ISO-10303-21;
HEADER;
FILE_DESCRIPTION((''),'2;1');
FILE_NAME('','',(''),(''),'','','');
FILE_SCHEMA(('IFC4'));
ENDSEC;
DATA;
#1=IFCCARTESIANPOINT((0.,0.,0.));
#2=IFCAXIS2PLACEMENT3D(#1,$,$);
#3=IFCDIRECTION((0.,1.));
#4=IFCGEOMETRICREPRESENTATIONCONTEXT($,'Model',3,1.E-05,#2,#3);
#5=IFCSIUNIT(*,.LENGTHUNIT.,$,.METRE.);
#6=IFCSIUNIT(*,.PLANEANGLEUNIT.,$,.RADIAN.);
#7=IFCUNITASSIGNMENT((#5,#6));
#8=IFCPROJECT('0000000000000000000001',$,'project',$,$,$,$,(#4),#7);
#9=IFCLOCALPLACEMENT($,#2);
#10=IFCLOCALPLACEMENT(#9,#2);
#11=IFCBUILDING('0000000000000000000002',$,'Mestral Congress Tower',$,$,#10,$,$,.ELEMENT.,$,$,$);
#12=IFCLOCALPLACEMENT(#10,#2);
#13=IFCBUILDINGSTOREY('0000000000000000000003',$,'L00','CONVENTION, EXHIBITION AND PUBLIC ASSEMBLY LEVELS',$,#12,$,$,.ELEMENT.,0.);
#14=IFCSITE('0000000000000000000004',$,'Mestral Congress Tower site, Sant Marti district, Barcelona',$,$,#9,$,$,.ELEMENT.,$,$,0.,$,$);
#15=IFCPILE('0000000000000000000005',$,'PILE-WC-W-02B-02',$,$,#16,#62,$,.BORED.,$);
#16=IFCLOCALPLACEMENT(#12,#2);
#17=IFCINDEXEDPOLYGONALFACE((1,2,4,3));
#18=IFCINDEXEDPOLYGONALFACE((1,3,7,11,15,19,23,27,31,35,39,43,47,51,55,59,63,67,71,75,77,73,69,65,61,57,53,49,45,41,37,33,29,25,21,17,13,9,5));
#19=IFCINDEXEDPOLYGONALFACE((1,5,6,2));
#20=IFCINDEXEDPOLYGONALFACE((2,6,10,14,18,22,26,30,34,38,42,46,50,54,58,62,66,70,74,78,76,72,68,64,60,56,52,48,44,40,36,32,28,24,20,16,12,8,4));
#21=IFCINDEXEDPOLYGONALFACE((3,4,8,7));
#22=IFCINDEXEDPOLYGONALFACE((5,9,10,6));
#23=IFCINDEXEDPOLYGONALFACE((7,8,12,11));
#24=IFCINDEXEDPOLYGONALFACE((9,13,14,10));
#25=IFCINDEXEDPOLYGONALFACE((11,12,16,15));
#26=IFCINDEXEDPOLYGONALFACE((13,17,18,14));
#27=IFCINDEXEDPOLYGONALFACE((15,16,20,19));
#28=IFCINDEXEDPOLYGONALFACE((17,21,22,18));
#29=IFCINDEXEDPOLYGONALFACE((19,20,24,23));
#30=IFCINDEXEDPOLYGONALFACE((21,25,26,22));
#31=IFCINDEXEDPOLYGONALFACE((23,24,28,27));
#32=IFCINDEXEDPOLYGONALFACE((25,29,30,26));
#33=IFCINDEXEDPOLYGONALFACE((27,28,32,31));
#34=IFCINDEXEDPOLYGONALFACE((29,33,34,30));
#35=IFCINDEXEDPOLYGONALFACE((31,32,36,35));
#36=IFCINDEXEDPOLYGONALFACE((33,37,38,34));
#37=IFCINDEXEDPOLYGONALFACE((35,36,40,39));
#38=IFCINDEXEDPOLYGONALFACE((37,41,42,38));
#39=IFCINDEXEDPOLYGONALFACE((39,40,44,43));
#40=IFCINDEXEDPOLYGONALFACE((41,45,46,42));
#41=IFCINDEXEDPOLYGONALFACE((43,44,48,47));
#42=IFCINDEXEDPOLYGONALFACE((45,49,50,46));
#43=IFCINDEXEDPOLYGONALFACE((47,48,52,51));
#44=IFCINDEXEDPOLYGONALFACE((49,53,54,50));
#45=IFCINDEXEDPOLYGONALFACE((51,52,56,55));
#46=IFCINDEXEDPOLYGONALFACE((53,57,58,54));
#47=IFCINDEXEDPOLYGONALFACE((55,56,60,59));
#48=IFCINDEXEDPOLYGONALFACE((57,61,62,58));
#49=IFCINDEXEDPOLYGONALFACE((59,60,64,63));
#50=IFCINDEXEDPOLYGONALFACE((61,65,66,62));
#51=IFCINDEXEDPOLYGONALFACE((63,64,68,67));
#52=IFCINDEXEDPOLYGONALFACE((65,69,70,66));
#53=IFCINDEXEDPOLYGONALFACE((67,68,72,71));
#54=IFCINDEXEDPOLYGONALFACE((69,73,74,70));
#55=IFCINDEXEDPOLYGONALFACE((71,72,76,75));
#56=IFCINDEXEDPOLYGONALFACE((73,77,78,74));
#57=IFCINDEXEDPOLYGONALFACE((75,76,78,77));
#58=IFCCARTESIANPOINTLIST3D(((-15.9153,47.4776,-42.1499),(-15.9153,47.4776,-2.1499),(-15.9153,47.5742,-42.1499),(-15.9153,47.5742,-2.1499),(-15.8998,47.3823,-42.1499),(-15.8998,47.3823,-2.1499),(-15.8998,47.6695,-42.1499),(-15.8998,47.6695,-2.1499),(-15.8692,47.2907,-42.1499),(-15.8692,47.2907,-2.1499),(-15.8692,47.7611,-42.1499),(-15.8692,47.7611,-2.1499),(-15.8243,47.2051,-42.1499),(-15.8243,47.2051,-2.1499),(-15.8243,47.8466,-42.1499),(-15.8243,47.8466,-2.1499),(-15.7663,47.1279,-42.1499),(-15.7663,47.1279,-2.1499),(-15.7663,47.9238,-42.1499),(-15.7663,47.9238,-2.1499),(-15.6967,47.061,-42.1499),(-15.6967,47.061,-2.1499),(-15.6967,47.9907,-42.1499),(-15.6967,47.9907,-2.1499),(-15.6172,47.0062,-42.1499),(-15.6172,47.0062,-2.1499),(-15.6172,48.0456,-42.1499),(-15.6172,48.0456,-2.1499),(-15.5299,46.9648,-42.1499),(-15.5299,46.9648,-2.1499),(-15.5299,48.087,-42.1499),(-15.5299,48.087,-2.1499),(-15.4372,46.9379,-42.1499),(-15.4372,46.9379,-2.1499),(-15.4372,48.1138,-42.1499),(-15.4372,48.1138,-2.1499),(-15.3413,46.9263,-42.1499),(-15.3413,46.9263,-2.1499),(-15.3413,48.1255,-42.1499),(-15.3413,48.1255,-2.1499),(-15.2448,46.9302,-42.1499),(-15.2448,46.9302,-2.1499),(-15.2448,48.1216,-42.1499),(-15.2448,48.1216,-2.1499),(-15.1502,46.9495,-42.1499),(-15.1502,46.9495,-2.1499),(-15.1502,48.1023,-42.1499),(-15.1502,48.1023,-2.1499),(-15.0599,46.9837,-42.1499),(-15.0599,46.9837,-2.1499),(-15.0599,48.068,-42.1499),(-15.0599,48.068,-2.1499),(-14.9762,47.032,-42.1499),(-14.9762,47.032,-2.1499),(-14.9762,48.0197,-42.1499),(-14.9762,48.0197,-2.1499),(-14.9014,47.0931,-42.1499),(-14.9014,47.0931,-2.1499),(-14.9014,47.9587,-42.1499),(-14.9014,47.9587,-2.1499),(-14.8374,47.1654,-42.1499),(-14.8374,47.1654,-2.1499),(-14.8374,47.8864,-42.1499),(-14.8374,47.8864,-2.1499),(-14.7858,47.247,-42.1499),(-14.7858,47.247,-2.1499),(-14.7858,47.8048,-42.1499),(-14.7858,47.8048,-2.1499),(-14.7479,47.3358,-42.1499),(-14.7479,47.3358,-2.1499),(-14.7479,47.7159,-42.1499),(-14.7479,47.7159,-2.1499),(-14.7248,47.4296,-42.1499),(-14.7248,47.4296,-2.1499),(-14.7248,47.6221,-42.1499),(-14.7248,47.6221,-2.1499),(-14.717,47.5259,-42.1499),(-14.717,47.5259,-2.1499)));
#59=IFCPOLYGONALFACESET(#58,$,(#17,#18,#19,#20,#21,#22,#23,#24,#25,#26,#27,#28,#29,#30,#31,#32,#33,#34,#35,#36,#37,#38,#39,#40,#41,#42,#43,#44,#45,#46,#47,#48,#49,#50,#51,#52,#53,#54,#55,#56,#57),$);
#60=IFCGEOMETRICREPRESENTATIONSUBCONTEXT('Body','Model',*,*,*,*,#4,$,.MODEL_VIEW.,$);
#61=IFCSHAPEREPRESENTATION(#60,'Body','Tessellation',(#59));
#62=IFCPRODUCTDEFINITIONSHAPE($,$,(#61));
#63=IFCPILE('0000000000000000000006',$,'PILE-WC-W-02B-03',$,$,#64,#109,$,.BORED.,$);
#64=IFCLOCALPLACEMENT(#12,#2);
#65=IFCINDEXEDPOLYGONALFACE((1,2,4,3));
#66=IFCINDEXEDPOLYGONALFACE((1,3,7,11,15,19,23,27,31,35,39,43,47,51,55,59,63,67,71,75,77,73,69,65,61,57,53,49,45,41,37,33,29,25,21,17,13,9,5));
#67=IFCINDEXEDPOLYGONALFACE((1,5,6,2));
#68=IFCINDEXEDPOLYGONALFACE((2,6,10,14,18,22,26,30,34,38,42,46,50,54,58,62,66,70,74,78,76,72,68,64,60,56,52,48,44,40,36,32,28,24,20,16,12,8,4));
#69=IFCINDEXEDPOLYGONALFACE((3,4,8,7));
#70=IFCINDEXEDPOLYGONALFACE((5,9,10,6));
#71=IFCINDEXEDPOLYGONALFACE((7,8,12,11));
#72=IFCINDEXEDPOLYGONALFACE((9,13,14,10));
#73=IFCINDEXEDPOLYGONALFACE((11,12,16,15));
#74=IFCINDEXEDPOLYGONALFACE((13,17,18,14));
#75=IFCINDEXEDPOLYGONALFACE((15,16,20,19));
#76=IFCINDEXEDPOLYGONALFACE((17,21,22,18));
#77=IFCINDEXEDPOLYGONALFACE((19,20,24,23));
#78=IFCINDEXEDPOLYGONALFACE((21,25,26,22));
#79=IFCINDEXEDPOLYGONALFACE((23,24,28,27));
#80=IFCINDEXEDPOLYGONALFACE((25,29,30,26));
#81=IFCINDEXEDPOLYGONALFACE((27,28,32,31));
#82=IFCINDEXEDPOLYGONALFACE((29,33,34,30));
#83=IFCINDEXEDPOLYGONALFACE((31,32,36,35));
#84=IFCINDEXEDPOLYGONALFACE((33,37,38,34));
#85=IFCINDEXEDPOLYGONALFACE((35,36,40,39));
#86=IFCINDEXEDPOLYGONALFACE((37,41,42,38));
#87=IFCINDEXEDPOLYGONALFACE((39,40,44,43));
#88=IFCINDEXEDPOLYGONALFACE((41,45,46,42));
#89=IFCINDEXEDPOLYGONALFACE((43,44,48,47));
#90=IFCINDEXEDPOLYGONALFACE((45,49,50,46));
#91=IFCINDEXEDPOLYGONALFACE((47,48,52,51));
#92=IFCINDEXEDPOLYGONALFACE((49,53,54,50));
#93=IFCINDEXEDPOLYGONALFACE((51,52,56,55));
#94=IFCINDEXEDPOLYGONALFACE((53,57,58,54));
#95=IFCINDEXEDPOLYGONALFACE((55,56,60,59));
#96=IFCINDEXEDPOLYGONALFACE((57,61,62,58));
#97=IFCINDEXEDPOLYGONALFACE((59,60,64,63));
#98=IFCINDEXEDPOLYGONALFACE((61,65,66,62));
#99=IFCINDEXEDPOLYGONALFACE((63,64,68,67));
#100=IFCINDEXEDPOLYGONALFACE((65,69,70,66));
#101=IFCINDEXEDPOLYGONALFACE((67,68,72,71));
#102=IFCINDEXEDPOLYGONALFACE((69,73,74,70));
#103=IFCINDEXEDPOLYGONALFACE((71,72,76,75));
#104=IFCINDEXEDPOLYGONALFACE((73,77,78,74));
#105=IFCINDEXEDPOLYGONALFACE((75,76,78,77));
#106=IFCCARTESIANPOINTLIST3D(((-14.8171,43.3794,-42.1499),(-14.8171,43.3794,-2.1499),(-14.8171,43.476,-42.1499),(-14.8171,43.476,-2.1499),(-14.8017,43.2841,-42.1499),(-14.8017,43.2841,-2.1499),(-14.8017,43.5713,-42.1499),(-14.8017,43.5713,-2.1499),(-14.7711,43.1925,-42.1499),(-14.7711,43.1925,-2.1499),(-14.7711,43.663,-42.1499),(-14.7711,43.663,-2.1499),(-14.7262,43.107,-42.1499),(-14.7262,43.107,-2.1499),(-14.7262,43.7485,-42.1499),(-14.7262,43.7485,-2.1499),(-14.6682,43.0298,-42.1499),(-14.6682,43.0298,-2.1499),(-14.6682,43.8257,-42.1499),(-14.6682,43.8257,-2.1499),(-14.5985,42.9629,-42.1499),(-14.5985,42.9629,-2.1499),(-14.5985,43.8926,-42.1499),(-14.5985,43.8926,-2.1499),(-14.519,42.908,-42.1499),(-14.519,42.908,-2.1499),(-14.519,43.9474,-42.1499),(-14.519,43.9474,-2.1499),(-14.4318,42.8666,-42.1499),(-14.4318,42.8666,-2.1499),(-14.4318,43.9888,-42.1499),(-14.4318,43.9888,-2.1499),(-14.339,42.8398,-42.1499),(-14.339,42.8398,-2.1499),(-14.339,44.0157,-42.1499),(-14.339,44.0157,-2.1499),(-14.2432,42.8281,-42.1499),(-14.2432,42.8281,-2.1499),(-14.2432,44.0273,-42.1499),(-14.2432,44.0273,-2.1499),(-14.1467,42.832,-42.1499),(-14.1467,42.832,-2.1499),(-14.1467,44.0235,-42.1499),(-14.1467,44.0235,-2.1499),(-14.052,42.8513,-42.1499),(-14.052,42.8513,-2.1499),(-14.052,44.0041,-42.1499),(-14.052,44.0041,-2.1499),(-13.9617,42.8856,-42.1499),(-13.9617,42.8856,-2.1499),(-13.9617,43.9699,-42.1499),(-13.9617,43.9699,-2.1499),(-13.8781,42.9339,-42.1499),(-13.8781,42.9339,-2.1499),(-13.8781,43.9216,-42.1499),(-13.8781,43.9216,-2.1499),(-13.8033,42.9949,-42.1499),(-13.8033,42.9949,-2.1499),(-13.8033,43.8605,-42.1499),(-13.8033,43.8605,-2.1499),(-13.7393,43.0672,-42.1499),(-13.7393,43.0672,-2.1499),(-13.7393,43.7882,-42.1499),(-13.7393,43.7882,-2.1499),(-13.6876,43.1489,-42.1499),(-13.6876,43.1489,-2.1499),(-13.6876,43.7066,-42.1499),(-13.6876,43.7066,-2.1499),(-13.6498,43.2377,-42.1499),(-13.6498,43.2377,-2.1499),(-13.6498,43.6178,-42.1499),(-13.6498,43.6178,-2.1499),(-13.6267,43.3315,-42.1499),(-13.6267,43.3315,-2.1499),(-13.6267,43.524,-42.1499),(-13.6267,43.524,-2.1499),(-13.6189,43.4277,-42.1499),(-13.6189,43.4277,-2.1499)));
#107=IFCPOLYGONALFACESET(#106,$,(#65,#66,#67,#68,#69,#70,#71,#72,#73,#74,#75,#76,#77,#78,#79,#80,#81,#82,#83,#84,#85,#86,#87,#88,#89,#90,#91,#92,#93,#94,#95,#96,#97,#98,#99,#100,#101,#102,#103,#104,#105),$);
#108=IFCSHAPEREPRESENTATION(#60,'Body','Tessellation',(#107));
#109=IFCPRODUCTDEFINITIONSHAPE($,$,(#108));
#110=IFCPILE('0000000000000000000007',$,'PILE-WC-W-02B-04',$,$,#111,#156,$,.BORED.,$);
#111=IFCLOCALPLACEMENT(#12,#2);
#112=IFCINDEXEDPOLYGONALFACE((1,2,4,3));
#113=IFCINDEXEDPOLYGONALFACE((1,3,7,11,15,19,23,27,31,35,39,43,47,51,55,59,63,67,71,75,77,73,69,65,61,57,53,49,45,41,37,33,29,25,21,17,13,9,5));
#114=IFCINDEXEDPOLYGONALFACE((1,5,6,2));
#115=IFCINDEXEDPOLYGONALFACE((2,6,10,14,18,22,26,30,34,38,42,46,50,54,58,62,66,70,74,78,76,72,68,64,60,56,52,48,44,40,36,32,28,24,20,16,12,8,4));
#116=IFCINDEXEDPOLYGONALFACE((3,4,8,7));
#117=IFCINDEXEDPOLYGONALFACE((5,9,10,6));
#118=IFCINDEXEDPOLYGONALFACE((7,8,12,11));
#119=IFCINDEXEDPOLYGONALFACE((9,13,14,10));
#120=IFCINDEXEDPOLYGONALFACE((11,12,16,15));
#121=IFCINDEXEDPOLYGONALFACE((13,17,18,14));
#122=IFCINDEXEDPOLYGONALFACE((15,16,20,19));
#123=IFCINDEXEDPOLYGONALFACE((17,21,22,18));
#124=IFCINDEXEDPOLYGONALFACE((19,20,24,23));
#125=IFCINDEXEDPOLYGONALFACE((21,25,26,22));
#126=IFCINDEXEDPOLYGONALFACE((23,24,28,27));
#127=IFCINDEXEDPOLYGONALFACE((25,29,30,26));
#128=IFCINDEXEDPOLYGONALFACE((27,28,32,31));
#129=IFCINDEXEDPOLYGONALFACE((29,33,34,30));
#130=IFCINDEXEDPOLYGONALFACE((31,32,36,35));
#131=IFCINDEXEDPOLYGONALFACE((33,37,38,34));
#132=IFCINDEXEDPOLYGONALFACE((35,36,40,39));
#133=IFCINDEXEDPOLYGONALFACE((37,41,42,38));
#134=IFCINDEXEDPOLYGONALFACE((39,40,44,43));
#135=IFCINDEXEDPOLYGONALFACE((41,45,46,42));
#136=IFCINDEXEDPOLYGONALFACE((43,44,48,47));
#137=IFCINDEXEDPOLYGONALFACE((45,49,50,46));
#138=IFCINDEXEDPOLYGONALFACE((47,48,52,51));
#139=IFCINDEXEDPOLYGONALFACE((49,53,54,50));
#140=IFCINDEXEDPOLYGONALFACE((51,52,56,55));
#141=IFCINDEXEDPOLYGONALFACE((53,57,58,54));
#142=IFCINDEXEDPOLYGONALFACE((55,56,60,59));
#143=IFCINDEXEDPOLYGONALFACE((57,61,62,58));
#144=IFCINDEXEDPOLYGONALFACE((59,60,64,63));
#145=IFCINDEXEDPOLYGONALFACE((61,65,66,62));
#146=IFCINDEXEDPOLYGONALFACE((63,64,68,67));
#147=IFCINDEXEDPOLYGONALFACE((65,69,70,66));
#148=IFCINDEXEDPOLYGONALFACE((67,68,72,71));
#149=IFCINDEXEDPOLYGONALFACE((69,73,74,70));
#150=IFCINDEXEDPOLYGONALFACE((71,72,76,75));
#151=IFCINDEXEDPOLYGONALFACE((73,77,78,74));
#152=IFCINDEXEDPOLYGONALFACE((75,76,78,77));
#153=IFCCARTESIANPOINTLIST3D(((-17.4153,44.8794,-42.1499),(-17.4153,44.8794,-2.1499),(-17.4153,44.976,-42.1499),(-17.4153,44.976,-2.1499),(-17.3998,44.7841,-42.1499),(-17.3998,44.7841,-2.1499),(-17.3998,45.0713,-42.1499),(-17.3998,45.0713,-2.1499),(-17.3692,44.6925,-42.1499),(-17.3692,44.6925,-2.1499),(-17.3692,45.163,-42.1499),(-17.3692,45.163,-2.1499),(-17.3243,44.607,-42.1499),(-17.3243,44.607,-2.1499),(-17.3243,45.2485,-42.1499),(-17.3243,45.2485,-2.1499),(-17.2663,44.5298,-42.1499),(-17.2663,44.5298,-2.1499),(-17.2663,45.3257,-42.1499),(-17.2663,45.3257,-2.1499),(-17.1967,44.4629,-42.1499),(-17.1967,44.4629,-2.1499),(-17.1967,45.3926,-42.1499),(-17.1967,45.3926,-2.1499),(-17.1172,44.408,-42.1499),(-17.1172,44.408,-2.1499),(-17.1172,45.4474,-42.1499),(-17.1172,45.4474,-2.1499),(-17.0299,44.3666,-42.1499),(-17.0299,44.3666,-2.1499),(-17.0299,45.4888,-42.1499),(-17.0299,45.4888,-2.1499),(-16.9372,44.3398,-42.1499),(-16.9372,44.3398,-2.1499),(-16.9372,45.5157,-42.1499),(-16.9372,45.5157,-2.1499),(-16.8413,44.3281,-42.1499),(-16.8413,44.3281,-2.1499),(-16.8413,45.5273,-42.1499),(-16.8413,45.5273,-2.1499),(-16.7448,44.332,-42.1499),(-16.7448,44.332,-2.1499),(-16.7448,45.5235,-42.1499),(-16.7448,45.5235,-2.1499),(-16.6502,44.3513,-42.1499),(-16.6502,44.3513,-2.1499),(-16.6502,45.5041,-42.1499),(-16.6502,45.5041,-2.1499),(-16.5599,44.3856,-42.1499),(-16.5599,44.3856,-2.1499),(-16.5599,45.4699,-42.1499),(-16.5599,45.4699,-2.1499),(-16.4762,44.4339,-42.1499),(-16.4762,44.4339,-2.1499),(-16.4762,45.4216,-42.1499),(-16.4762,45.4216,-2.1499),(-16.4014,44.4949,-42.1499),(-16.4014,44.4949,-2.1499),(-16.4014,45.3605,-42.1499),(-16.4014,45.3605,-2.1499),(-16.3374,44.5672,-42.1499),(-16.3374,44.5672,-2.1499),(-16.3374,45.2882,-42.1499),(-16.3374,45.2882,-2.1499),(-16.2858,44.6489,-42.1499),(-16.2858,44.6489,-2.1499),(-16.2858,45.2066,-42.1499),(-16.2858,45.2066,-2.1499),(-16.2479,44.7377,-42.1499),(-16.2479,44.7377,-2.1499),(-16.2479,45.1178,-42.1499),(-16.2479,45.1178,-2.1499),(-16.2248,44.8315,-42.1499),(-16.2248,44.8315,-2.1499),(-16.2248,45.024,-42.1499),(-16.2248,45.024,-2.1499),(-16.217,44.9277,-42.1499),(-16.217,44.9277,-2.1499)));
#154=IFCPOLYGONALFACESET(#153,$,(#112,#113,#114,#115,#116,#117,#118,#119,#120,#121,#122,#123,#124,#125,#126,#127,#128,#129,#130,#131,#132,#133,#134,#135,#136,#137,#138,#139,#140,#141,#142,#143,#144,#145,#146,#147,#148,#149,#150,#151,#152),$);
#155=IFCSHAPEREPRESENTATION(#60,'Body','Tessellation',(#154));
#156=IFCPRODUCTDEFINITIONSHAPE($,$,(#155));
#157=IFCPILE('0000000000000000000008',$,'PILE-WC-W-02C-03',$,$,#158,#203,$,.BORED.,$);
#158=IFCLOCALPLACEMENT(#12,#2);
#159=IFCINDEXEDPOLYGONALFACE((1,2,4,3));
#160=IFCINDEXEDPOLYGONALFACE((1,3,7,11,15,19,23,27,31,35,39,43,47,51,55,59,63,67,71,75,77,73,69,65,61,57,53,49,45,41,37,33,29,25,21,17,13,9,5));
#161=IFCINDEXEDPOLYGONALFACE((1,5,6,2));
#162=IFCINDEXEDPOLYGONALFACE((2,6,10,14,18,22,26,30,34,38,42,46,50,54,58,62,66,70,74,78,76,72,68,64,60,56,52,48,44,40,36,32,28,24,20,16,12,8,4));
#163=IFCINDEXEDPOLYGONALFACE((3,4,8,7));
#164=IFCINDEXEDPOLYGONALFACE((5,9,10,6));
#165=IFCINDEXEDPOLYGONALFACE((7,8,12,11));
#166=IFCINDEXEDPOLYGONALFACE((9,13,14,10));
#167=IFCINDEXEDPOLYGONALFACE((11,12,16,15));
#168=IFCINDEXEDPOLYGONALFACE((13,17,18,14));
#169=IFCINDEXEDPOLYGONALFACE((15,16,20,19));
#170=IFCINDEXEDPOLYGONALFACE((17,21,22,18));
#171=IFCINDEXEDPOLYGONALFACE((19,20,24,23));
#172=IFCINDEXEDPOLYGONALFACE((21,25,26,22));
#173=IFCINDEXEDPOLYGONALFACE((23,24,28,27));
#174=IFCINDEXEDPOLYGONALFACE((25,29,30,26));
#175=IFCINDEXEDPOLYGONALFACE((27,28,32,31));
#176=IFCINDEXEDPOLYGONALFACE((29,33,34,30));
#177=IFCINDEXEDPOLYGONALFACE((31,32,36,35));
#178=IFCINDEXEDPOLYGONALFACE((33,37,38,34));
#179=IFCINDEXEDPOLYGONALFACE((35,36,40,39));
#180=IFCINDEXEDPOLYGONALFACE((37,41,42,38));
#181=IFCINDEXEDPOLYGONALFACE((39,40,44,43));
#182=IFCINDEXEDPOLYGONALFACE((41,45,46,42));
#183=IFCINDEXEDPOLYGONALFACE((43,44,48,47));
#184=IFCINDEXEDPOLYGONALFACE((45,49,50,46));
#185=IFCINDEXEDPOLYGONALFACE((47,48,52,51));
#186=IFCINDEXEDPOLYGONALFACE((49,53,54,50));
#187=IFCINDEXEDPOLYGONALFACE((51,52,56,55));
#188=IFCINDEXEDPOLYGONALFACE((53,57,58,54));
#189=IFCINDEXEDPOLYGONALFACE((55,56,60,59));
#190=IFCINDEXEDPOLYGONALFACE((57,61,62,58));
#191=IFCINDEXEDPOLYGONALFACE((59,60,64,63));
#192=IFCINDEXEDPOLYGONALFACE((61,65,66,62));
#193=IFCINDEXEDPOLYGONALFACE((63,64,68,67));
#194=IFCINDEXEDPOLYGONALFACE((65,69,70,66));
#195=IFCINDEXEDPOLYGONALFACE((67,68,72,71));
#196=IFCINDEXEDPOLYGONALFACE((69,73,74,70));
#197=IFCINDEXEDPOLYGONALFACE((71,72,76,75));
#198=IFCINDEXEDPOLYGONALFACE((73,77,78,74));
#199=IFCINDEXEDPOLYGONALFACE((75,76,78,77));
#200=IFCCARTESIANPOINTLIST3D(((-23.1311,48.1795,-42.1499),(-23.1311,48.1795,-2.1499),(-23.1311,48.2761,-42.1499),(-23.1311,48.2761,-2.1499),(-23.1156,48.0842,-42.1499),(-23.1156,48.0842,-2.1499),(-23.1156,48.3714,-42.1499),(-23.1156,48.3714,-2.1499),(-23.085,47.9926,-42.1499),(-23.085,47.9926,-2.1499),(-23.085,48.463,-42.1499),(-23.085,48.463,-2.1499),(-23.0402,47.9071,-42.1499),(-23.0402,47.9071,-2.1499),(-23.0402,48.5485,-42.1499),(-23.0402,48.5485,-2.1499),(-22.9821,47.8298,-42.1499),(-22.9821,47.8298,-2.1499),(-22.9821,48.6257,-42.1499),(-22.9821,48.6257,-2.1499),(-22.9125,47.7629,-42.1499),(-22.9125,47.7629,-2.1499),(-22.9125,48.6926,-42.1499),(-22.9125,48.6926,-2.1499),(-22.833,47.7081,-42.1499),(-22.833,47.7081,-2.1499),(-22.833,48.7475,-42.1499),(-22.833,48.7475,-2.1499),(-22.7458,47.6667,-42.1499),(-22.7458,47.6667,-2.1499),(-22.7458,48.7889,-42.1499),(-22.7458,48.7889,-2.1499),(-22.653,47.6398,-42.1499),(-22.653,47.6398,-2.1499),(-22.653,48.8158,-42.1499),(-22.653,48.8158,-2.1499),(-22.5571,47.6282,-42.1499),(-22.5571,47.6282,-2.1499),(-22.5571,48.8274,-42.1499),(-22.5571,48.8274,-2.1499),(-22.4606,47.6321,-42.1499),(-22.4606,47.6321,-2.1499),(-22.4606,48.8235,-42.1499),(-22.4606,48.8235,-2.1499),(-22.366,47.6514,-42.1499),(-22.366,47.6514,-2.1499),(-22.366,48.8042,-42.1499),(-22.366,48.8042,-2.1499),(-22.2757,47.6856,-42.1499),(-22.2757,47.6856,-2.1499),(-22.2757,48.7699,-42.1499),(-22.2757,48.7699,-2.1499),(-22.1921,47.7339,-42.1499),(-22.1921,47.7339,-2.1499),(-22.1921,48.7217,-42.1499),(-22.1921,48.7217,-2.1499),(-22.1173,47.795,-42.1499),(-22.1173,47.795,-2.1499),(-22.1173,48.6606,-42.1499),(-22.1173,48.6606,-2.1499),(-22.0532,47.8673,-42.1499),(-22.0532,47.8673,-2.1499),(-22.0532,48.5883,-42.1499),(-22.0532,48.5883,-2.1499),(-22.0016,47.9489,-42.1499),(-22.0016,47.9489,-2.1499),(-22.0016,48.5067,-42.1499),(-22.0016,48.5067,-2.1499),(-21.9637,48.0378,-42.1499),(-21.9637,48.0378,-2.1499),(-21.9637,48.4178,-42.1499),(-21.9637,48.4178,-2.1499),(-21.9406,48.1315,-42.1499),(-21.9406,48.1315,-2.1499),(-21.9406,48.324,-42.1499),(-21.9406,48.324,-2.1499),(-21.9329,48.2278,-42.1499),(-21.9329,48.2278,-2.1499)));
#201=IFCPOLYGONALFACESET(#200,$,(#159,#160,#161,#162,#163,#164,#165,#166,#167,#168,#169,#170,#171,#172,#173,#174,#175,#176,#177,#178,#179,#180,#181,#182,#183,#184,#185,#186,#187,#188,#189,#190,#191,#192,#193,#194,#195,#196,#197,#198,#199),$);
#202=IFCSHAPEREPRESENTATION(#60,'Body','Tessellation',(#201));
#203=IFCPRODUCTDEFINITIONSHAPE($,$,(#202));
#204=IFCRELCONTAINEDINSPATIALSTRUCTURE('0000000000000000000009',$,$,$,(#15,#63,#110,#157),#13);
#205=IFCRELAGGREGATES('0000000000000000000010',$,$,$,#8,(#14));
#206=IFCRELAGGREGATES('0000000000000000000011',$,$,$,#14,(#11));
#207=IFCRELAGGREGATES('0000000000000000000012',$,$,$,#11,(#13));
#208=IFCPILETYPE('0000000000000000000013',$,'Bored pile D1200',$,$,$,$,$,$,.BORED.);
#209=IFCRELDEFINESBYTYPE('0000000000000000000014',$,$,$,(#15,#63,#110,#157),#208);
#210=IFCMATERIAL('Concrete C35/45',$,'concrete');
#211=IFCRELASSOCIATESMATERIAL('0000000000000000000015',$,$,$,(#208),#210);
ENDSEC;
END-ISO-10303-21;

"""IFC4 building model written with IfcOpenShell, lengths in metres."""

from ifc_helpers import new_model, si_unit, direction, frame, origin, origin_2d, place, context, subcontext, project, spatial, circle, extrude, material, material_profile, profile_set, type_object, element, save


model = new_model("IFC4")

# Units and contexts
model_context = context("Model", 3, precision=1e-05, world=origin(), true_north=direction((0.0, 1.0)))
body_context = subcontext(model_context, "Body", "Model", "MODEL_VIEW")
ifc_project = project(units=[si_unit("LENGTHUNIT", "METRE"), si_unit("PLANEANGLEUNIT", "RADIAN")], contexts=[model_context])

# Site, building, storey
site_placement = place(None, origin())
site = spatial("IfcSite", under=ifc_project, at=site_placement, Name="Mestral Congress Tower site, Sant Marti district, Barcelona", CompositionType="ELEMENT", RefElevation=0.0)
building_placement = place(site_placement, origin())
building = spatial("IfcBuilding", under=site, at=building_placement, Name="Mestral Congress Tower", CompositionType="ELEMENT")
storey_placement = place(building_placement, origin())
storey = spatial("IfcBuildingStorey", under=building, at=storey_placement, Name="L00", Description="CONVENTION, EXHIBITION AND PUBLIC ASSEMBLY LEVELS", CompositionType="ELEMENT", Elevation=0.0)

# Piles
ifc_material_1 = material(Name="Concrete C35/45", Category="concrete")
ifc_material_profile_1 = material_profile(ifc_material_1, circle(Radius=0.6001, at=origin_2d()), Name="D1200")
ifc_profile_set_1 = profile_set([ifc_material_profile_1], Name="Concrete C35/45")
pile_type = type_object("IfcPileType", Name="Bored pile D1200", PredefinedType="BORED", material=ifc_profile_set_1)
for number, where, z_axis, x_axis, name in (
    (1, (-15.3171, 47.5259, -2.1499), (0.0, 0.0, -1.0), (1.0, 0.0, 0.0), "PILE-WC-W-02B-02"),
    (2, (-14.219, 43.4277, -2.1499), (0.0, 0.0, -1.0), (1.0, 0.0, 0.0), "PILE-WC-W-02B-03"),
    (3, (-16.8171, 44.9277, -2.1499), (0.0, 0.0, -1.0), (1.0, 0.0, 0.0), "PILE-WC-W-02B-04"),
    (4, (-22.533, 48.2278, -2.1499), (0.0, 0.0, -1.0), (1.0, 0.0, 0.0), "PILE-WC-W-02C-03"),
):
    element("IfcPile", number, at=place(storey_placement, frame(where, z_axis=z_axis, x_axis=x_axis)), inside=storey, type_object=pile_type, Name=name, PredefinedType="BORED", context=body_context, shape_type="SweptSolid", body=[
        extrude(circle(Radius=0.6001, at=origin_2d()), origin(), (0.0, 0.0, 1.0), 40.0),
    ])

save(model, "model.ifc")
